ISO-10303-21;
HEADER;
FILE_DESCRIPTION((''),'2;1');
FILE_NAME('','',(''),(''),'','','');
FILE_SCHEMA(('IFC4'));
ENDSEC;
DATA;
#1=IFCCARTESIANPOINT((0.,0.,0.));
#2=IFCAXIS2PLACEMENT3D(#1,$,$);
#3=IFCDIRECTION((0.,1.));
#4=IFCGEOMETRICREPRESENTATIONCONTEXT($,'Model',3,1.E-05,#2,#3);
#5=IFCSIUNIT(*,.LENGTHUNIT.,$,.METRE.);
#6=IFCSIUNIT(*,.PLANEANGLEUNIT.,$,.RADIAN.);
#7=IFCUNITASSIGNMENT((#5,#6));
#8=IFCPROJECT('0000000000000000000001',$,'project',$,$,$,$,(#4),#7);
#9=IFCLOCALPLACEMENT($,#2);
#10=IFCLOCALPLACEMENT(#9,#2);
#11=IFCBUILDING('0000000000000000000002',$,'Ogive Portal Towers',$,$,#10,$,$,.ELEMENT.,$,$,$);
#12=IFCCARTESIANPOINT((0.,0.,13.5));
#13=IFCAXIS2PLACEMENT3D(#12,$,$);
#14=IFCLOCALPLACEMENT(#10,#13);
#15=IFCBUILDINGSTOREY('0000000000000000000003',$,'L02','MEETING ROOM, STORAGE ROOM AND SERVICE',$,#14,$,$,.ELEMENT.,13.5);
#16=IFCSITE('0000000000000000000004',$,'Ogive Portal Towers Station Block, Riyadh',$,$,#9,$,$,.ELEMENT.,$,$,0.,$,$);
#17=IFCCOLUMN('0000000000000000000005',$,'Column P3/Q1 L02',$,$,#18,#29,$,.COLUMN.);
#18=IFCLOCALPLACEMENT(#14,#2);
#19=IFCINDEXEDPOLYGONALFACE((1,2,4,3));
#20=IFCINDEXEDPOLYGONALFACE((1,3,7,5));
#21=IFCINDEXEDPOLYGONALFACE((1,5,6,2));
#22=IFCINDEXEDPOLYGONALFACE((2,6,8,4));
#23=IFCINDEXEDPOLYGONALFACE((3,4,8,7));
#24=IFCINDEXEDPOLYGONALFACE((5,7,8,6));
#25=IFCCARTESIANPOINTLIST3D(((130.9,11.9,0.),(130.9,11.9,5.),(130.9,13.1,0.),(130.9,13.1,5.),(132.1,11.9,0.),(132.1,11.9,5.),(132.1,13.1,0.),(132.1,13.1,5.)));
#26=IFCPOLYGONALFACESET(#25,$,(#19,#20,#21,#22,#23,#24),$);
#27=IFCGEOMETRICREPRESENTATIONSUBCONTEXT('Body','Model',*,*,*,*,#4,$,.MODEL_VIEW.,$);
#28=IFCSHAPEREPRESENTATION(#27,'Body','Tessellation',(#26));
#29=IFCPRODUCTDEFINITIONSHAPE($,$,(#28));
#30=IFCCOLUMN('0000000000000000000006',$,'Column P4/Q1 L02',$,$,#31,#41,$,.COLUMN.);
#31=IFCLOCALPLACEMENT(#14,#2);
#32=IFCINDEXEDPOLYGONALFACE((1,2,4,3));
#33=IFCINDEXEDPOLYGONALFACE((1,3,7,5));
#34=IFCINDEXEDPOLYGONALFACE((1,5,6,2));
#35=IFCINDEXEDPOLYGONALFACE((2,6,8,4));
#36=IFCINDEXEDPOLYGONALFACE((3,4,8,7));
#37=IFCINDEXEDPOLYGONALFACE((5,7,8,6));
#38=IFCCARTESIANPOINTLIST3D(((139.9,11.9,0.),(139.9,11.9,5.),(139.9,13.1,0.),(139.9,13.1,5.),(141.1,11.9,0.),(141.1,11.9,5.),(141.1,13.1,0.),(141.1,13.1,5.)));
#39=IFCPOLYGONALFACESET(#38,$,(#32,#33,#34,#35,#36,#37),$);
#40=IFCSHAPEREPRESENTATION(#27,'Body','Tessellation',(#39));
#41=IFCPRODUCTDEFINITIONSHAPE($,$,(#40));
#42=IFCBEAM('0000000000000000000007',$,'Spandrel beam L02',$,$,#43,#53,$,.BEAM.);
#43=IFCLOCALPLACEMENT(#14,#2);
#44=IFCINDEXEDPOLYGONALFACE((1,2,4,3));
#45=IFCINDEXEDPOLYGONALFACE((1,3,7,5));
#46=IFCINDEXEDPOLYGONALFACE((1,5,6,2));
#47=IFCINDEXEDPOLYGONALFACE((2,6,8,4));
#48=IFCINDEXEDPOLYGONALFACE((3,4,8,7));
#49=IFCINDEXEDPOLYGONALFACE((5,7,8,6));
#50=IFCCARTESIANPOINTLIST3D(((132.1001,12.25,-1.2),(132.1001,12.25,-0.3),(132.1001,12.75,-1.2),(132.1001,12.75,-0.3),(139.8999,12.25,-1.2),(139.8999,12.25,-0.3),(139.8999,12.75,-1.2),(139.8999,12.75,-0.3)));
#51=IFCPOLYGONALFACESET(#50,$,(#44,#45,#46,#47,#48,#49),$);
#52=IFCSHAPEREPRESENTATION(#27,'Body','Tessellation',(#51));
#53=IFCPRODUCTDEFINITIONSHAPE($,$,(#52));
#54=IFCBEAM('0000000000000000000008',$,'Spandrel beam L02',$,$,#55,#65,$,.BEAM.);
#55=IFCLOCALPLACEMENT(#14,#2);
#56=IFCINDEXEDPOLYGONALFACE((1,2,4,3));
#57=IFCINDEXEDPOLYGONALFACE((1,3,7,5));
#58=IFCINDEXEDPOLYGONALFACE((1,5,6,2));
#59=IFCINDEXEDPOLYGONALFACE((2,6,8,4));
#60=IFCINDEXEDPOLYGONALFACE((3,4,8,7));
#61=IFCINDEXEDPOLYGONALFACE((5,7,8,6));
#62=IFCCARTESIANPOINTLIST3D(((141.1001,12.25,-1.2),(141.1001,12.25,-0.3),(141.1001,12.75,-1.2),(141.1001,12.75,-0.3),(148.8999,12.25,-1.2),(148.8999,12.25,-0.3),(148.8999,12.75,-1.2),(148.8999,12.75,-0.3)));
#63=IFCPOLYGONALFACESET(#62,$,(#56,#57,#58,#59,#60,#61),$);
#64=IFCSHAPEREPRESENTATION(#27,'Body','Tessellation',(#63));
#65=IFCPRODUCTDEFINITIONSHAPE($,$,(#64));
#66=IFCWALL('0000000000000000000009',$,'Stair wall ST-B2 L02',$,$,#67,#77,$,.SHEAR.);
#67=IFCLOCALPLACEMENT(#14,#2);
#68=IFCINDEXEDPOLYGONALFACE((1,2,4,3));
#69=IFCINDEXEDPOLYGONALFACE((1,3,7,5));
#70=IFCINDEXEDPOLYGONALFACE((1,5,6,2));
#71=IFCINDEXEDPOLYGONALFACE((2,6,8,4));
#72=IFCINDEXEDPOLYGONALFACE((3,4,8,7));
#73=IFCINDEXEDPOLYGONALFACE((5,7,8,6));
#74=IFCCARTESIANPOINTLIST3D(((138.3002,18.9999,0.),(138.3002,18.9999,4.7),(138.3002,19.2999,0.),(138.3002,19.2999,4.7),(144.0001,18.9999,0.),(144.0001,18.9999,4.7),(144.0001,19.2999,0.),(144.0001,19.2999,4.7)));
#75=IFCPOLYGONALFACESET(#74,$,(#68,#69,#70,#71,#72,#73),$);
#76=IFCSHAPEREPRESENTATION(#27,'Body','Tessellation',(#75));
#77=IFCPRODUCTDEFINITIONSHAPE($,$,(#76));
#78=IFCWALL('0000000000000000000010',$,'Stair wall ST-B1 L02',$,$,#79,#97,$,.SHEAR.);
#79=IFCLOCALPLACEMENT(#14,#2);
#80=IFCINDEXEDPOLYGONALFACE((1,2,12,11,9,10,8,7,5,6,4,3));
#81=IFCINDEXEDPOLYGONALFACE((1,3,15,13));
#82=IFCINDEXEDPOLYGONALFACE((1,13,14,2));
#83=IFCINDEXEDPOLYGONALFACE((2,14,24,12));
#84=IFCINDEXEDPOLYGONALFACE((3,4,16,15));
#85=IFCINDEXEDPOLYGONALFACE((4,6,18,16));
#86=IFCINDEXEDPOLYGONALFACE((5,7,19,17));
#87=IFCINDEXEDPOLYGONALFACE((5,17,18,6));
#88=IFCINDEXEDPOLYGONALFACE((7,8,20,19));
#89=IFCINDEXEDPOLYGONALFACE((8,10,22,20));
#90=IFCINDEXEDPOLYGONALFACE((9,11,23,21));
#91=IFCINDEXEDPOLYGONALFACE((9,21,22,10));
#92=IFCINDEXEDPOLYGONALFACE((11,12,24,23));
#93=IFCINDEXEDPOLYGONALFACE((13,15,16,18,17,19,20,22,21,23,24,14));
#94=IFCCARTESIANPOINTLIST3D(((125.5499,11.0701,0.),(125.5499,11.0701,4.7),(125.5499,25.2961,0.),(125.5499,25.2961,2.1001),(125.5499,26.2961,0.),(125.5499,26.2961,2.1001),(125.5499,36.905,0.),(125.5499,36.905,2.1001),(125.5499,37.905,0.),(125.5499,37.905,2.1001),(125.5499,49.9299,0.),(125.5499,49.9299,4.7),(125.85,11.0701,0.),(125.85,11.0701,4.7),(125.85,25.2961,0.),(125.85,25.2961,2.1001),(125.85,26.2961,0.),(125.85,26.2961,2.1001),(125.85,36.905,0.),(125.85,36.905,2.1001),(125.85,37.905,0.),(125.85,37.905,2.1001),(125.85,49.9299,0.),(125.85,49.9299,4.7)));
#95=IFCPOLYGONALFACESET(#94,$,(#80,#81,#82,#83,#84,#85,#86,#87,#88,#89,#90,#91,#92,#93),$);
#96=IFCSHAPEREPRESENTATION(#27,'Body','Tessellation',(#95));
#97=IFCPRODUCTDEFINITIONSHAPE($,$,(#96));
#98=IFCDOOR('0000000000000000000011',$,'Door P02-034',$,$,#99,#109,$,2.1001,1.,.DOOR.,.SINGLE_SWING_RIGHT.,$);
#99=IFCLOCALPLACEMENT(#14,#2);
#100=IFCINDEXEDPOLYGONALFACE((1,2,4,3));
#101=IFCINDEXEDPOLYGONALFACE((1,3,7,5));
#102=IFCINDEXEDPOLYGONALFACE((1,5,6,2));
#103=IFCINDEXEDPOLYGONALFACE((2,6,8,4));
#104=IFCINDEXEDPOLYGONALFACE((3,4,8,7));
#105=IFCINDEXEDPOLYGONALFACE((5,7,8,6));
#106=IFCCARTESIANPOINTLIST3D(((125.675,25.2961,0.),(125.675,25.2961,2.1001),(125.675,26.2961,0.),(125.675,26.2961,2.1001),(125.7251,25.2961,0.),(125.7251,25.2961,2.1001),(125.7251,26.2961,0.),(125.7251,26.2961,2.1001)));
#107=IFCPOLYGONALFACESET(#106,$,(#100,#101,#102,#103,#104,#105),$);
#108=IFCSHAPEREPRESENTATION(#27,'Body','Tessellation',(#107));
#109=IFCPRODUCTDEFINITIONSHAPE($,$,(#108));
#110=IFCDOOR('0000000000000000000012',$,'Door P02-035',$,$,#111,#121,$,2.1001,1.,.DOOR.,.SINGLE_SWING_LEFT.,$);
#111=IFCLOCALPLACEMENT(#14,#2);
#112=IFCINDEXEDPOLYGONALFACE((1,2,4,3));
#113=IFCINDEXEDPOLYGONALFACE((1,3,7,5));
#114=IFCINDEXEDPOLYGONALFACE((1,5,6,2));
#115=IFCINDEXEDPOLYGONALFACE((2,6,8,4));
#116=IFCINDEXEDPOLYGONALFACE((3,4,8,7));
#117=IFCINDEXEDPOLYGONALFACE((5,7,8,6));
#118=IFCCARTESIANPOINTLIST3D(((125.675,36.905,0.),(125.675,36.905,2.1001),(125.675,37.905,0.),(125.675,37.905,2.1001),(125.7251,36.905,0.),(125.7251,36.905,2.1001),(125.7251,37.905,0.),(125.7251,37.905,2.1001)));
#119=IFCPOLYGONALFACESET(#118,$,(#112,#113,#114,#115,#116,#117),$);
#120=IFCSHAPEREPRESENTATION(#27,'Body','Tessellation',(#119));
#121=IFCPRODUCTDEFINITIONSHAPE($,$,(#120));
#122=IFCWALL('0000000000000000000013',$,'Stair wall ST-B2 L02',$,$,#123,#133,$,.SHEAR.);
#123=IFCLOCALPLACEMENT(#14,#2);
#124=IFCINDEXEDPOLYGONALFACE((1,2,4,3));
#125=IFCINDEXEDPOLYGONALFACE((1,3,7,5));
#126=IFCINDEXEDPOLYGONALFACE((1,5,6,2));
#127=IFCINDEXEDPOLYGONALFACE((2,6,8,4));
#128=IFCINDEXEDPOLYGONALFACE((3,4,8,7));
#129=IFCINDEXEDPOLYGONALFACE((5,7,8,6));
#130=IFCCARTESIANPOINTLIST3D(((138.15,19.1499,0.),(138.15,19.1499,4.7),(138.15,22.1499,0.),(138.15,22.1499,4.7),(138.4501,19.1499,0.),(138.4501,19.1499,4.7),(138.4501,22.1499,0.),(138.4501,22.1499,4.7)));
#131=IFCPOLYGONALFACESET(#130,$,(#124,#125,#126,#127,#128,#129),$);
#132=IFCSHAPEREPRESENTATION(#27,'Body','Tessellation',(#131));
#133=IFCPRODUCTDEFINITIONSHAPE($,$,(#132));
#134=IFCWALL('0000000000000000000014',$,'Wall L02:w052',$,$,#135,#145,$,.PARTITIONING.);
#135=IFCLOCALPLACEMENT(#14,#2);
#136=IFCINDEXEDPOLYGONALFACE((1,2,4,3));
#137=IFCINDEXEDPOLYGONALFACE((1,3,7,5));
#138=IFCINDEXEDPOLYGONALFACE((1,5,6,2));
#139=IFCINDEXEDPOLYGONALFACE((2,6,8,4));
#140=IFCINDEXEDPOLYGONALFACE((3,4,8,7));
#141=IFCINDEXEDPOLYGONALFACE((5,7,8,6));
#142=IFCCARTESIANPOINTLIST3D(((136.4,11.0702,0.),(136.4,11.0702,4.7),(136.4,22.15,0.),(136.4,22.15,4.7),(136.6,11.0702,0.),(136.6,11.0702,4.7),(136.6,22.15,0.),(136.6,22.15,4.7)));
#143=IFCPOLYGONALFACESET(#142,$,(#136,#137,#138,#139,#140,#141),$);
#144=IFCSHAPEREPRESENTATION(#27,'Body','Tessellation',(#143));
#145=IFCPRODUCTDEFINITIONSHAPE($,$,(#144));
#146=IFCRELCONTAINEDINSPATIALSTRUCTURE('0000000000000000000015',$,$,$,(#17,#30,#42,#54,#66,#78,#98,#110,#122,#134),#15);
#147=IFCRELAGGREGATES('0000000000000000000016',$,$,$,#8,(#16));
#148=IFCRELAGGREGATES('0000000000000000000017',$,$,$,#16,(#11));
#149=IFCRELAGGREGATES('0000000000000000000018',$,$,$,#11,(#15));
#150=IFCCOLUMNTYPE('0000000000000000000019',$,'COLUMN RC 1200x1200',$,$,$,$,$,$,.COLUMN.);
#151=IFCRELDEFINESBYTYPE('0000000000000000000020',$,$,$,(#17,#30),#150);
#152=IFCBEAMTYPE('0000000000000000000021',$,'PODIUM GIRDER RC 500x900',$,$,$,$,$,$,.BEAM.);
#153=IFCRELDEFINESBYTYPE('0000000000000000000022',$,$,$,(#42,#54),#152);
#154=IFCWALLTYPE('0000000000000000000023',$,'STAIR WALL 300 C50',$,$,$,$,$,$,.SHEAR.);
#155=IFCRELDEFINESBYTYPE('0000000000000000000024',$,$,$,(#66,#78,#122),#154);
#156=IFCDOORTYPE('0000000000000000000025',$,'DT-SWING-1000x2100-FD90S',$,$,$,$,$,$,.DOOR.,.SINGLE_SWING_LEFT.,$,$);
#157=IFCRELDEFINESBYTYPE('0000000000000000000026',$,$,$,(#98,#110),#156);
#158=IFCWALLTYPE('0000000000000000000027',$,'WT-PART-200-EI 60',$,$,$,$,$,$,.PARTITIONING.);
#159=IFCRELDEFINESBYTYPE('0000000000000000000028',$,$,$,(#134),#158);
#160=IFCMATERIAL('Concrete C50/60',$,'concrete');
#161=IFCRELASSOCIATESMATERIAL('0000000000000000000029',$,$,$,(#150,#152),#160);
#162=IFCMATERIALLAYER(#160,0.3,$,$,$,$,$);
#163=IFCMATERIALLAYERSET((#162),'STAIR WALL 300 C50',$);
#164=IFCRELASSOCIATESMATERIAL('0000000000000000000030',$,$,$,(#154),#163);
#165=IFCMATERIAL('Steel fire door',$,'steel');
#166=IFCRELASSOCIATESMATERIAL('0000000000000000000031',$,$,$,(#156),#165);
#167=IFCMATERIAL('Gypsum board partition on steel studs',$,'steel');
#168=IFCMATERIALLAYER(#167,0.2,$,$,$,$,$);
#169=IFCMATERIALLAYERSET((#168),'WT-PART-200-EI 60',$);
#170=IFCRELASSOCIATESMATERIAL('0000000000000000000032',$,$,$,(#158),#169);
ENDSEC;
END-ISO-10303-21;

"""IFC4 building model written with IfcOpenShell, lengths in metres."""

from ifc_helpers import new_model, si_unit, direction, frame, frame_2d, origin, origin_2d, place, context, subcontext, project, spatial, rectangle, extrude, material, layer, layer_set, material_profile, profile_set, type_object, element, fill, save


model = new_model("IFC4")

# Units and contexts
model_context = context("Model", 3, precision=1e-05, world=origin(), true_north=direction((0.0, 1.0)))
body_context = subcontext(model_context, "Body", "Model", "MODEL_VIEW")
ifc_project = project(units=[si_unit("LENGTHUNIT", "METRE"), si_unit("PLANEANGLEUNIT", "RADIAN")], contexts=[model_context])

# Site, building, storey
site_placement = place(None, origin())
site = spatial("IfcSite", under=ifc_project, at=site_placement, Name="Ogive Portal Towers Station Block, Riyadh", CompositionType="ELEMENT", RefElevation=0.0)
building_placement = place(site_placement, origin())
building = spatial("IfcBuilding", under=site, at=building_placement, Name="Ogive Portal Towers", CompositionType="ELEMENT")
storey_placement = place(building_placement, frame((0.0, 0.0, 13.5)))
storey = spatial("IfcBuildingStorey", under=building, at=storey_placement, Name="L02", Description="MEETING ROOM, STORAGE ROOM AND SERVICE", CompositionType="ELEMENT", Elevation=13.5)

# Columns
ifc_material_1 = material(Name="Concrete C50/60", Category="concrete")
ifc_material_profile_1 = material_profile(ifc_material_1, rectangle(XDim=1.2, YDim=1.2, at=origin_2d()), Name="RC 1200x1200")
ifc_profile_set_1 = profile_set([ifc_material_profile_1], Name="Concrete C50/60")
column_type = type_object("IfcColumnType", Name="COLUMN RC 1200x1200", PredefinedType="COLUMN", material=ifc_profile_set_1)
for number, where, z_axis, x_axis, name in (
    (1, (131.5, 12.5, 0.0), (0.0, 0.0, 1.0), (1.0, 0.0, 0.0), "Column P3/Q1 L02"),
    (2, (140.5, 12.5, 0.0), (0.0, 0.0, 1.0), (1.0, 0.0, 0.0), "Column P4/Q1 L02"),
):
    element("IfcColumn", number, at=place(storey_placement, frame(where, z_axis=z_axis, x_axis=x_axis)), inside=storey, type_object=column_type, Name=name, PredefinedType="COLUMN", context=body_context, shape_type="SweptSolid", body=[
        extrude(rectangle(XDim=1.2, YDim=1.2, at=origin_2d()), origin(), (0.0, 0.0, 1.0), 5.0),
    ])

# Beams
ifc_material_profile_2 = material_profile(ifc_material_1, rectangle(XDim=0.5, YDim=0.8999, at=origin_2d()), Name="RC 500x900")
ifc_profile_set_2 = profile_set([ifc_material_profile_2], Name="Concrete C50/60")
beam_type = type_object("IfcBeamType", Name="PODIUM GIRDER RC 500x900", PredefinedType="BEAM", material=ifc_profile_set_2)
for number, where, z_axis, x_axis, name in (
    (3, (132.1001, 12.5, -0.75), (1.0, 0.0, 0.0), (0.0, 1.0, 0.0), "Spandrel beam L02"),
    (4, (141.1001, 12.5, -0.75), (1.0, 0.0, 0.0), (0.0, 1.0, 0.0), "Spandrel beam L02"),
):
    element("IfcBeam", number, at=place(storey_placement, frame(where, z_axis=z_axis, x_axis=x_axis)), inside=storey, type_object=beam_type, Name=name, PredefinedType="BEAM", context=body_context, shape_type="SweptSolid", body=[
        extrude(rectangle(XDim=0.5, YDim=0.8999, at=origin_2d()), origin(), (0.0, 0.0, 1.0), 7.7998),
    ])

# Wall
ifc_layer_1 = layer(ifc_material_1, 0.3)
ifc_layer_set_1 = layer_set([ifc_layer_1], Name="STAIR WALL 300 C50")
wall_type_1 = type_object("IfcWallType", Name="STAIR WALL 300 C50", PredefinedType="SHEAR", material=ifc_layer_set_1)
wall_1_placement = place(storey_placement, frame((138.3, 19.1499, 0.0), z_axis=(0.0, 0.0, 1.0), x_axis=(1.0, 0.0, 0.0)))
element("IfcWall", 5, at=wall_1_placement, inside=storey, type_object=wall_type_1, Name="Stair wall ST-B2 L02", PredefinedType="SHEAR", context=body_context, shape_type="SweptSolid", body=[
    extrude(rectangle(XDim=5.7, YDim=0.3, at=frame_2d((2.8501, 0.0))), origin(), (0.0, 0.0, 1.0), 4.7),
])

# Wall, openings, doors
wall_2_placement = place(storey_placement, frame((125.7, 11.0701, 0.0), z_axis=(0.0, 0.0, 1.0), x_axis=(0.0, 1.0, 0.0)))
wall_2 = element("IfcWall", 6, at=wall_2_placement, inside=storey, type_object=wall_type_1, Name="Stair wall ST-B1 L02", PredefinedType="SHEAR", context=body_context, shape_type="SweptSolid", body=[
    extrude(rectangle(XDim=38.8599, YDim=0.3, at=frame_2d((19.4299, 0.0))), origin(), (0.0, 0.0, 1.0), 4.7),
])
opening_1_placement = place(wall_2_placement, frame((14.2261, 0.0, 0.0)))
opening_1 = element("IfcOpeningElement", 7, at=opening_1_placement, cuts=wall_2, PredefinedType="OPENING", context=body_context, shape_type="SweptSolid", body=[
    extrude(rectangle(XDim=1.0, YDim=2.1001, at=frame_2d((0.5, 1.05))), frame((0.0, 0.1602, 0.0), z_axis=(0.0, -1.0, 0.0), x_axis=(1.0, 0.0, 0.0)), (0.0, 0.0, 1.0), 0.3201),
])
opening_2_placement = place(wall_2_placement, frame((25.835, 0.0, 0.0)))
opening_2 = element("IfcOpeningElement", 8, at=opening_2_placement, cuts=wall_2, PredefinedType="OPENING", context=body_context, shape_type="SweptSolid", body=[
    extrude(rectangle(XDim=1.0, YDim=2.1001, at=frame_2d((0.5, 1.05))), frame((0.0, 0.1602, 0.0), z_axis=(0.0, -1.0, 0.0), x_axis=(1.0, 0.0, 0.0)), (0.0, 0.0, 1.0), 0.3201),
])
ifc_material_2 = material(Name="Steel fire door", Category="steel")
door_type = type_object("IfcDoorType", Name="DT-SWING-1000x2100-FD90S", OperationType="SINGLE_SWING_LEFT", PredefinedType="DOOR", material=ifc_material_2)
door_1_placement = place(opening_1_placement, origin())
door_1 = element("IfcDoor", 9, at=door_1_placement, inside=storey, type_object=door_type, Name="Door P02-034", OperationType="SINGLE_SWING_RIGHT", OverallHeight=2.1001, OverallWidth=1.0, PredefinedType="DOOR", context=body_context, shape_type="SweptSolid", body=[
    extrude(rectangle(XDim=1.0, YDim=2.1001, at=frame_2d((0.5, 1.05))), frame((0.0, 0.0249, 0.0), z_axis=(0.0, -1.0, 0.0), x_axis=(1.0, 0.0, 0.0)), (0.0, 0.0, 1.0), 0.05),
])
fill(opening_1, door_1)
door_2_placement = place(opening_2_placement, origin())
door_2 = element("IfcDoor", 10, at=door_2_placement, inside=storey, type_object=door_type, Name="Door P02-035", OperationType="SINGLE_SWING_LEFT", OverallHeight=2.1001, OverallWidth=1.0, PredefinedType="DOOR", context=body_context, shape_type="SweptSolid", body=[
    extrude(rectangle(XDim=1.0, YDim=2.1001, at=frame_2d((0.5, 1.05))), frame((0.0, 0.0249, 0.0), z_axis=(0.0, -1.0, 0.0), x_axis=(1.0, 0.0, 0.0)), (0.0, 0.0, 1.0), 0.05),
])
fill(opening_2, door_2)

# Walls
wall_3_placement = place(storey_placement, frame((138.3, 19.1499, 0.0), z_axis=(0.0, 0.0, 1.0), x_axis=(0.0, 1.0, 0.0)))
element("IfcWall", 11, at=wall_3_placement, inside=storey, type_object=wall_type_1, Name="Stair wall ST-B2 L02", PredefinedType="SHEAR", context=body_context, shape_type="SweptSolid", body=[
    extrude(rectangle(XDim=3.0, YDim=0.3, at=frame_2d((1.5, 0.0))), origin(), (0.0, 0.0, 1.0), 4.7),
])
ifc_material_3 = material(Name="Gypsum board partition on steel studs", Category="steel")
ifc_layer_2 = layer(ifc_material_3, 0.2)
ifc_layer_set_2 = layer_set([ifc_layer_2], Name="WT-PART-200-EI 60")
wall_type_2 = type_object("IfcWallType", Name="WT-PART-200-EI 60", PredefinedType="PARTITIONING", material=ifc_layer_set_2)
wall_4_placement = place(storey_placement, frame((136.5, 11.0701, 0.0), z_axis=(0.0, 0.0, 1.0), x_axis=(0.0, 1.0, 0.0)))
element("IfcWall", 12, at=wall_4_placement, inside=storey, type_object=wall_type_2, Name="Wall L02:w052", PredefinedType="PARTITIONING", context=body_context, shape_type="SweptSolid", body=[
    extrude(rectangle(XDim=11.0798, YDim=0.2, at=frame_2d((5.54, 0.0))), origin(), (0.0, 0.0, 1.0), 4.7),
])

save(model, "model.ifc")
